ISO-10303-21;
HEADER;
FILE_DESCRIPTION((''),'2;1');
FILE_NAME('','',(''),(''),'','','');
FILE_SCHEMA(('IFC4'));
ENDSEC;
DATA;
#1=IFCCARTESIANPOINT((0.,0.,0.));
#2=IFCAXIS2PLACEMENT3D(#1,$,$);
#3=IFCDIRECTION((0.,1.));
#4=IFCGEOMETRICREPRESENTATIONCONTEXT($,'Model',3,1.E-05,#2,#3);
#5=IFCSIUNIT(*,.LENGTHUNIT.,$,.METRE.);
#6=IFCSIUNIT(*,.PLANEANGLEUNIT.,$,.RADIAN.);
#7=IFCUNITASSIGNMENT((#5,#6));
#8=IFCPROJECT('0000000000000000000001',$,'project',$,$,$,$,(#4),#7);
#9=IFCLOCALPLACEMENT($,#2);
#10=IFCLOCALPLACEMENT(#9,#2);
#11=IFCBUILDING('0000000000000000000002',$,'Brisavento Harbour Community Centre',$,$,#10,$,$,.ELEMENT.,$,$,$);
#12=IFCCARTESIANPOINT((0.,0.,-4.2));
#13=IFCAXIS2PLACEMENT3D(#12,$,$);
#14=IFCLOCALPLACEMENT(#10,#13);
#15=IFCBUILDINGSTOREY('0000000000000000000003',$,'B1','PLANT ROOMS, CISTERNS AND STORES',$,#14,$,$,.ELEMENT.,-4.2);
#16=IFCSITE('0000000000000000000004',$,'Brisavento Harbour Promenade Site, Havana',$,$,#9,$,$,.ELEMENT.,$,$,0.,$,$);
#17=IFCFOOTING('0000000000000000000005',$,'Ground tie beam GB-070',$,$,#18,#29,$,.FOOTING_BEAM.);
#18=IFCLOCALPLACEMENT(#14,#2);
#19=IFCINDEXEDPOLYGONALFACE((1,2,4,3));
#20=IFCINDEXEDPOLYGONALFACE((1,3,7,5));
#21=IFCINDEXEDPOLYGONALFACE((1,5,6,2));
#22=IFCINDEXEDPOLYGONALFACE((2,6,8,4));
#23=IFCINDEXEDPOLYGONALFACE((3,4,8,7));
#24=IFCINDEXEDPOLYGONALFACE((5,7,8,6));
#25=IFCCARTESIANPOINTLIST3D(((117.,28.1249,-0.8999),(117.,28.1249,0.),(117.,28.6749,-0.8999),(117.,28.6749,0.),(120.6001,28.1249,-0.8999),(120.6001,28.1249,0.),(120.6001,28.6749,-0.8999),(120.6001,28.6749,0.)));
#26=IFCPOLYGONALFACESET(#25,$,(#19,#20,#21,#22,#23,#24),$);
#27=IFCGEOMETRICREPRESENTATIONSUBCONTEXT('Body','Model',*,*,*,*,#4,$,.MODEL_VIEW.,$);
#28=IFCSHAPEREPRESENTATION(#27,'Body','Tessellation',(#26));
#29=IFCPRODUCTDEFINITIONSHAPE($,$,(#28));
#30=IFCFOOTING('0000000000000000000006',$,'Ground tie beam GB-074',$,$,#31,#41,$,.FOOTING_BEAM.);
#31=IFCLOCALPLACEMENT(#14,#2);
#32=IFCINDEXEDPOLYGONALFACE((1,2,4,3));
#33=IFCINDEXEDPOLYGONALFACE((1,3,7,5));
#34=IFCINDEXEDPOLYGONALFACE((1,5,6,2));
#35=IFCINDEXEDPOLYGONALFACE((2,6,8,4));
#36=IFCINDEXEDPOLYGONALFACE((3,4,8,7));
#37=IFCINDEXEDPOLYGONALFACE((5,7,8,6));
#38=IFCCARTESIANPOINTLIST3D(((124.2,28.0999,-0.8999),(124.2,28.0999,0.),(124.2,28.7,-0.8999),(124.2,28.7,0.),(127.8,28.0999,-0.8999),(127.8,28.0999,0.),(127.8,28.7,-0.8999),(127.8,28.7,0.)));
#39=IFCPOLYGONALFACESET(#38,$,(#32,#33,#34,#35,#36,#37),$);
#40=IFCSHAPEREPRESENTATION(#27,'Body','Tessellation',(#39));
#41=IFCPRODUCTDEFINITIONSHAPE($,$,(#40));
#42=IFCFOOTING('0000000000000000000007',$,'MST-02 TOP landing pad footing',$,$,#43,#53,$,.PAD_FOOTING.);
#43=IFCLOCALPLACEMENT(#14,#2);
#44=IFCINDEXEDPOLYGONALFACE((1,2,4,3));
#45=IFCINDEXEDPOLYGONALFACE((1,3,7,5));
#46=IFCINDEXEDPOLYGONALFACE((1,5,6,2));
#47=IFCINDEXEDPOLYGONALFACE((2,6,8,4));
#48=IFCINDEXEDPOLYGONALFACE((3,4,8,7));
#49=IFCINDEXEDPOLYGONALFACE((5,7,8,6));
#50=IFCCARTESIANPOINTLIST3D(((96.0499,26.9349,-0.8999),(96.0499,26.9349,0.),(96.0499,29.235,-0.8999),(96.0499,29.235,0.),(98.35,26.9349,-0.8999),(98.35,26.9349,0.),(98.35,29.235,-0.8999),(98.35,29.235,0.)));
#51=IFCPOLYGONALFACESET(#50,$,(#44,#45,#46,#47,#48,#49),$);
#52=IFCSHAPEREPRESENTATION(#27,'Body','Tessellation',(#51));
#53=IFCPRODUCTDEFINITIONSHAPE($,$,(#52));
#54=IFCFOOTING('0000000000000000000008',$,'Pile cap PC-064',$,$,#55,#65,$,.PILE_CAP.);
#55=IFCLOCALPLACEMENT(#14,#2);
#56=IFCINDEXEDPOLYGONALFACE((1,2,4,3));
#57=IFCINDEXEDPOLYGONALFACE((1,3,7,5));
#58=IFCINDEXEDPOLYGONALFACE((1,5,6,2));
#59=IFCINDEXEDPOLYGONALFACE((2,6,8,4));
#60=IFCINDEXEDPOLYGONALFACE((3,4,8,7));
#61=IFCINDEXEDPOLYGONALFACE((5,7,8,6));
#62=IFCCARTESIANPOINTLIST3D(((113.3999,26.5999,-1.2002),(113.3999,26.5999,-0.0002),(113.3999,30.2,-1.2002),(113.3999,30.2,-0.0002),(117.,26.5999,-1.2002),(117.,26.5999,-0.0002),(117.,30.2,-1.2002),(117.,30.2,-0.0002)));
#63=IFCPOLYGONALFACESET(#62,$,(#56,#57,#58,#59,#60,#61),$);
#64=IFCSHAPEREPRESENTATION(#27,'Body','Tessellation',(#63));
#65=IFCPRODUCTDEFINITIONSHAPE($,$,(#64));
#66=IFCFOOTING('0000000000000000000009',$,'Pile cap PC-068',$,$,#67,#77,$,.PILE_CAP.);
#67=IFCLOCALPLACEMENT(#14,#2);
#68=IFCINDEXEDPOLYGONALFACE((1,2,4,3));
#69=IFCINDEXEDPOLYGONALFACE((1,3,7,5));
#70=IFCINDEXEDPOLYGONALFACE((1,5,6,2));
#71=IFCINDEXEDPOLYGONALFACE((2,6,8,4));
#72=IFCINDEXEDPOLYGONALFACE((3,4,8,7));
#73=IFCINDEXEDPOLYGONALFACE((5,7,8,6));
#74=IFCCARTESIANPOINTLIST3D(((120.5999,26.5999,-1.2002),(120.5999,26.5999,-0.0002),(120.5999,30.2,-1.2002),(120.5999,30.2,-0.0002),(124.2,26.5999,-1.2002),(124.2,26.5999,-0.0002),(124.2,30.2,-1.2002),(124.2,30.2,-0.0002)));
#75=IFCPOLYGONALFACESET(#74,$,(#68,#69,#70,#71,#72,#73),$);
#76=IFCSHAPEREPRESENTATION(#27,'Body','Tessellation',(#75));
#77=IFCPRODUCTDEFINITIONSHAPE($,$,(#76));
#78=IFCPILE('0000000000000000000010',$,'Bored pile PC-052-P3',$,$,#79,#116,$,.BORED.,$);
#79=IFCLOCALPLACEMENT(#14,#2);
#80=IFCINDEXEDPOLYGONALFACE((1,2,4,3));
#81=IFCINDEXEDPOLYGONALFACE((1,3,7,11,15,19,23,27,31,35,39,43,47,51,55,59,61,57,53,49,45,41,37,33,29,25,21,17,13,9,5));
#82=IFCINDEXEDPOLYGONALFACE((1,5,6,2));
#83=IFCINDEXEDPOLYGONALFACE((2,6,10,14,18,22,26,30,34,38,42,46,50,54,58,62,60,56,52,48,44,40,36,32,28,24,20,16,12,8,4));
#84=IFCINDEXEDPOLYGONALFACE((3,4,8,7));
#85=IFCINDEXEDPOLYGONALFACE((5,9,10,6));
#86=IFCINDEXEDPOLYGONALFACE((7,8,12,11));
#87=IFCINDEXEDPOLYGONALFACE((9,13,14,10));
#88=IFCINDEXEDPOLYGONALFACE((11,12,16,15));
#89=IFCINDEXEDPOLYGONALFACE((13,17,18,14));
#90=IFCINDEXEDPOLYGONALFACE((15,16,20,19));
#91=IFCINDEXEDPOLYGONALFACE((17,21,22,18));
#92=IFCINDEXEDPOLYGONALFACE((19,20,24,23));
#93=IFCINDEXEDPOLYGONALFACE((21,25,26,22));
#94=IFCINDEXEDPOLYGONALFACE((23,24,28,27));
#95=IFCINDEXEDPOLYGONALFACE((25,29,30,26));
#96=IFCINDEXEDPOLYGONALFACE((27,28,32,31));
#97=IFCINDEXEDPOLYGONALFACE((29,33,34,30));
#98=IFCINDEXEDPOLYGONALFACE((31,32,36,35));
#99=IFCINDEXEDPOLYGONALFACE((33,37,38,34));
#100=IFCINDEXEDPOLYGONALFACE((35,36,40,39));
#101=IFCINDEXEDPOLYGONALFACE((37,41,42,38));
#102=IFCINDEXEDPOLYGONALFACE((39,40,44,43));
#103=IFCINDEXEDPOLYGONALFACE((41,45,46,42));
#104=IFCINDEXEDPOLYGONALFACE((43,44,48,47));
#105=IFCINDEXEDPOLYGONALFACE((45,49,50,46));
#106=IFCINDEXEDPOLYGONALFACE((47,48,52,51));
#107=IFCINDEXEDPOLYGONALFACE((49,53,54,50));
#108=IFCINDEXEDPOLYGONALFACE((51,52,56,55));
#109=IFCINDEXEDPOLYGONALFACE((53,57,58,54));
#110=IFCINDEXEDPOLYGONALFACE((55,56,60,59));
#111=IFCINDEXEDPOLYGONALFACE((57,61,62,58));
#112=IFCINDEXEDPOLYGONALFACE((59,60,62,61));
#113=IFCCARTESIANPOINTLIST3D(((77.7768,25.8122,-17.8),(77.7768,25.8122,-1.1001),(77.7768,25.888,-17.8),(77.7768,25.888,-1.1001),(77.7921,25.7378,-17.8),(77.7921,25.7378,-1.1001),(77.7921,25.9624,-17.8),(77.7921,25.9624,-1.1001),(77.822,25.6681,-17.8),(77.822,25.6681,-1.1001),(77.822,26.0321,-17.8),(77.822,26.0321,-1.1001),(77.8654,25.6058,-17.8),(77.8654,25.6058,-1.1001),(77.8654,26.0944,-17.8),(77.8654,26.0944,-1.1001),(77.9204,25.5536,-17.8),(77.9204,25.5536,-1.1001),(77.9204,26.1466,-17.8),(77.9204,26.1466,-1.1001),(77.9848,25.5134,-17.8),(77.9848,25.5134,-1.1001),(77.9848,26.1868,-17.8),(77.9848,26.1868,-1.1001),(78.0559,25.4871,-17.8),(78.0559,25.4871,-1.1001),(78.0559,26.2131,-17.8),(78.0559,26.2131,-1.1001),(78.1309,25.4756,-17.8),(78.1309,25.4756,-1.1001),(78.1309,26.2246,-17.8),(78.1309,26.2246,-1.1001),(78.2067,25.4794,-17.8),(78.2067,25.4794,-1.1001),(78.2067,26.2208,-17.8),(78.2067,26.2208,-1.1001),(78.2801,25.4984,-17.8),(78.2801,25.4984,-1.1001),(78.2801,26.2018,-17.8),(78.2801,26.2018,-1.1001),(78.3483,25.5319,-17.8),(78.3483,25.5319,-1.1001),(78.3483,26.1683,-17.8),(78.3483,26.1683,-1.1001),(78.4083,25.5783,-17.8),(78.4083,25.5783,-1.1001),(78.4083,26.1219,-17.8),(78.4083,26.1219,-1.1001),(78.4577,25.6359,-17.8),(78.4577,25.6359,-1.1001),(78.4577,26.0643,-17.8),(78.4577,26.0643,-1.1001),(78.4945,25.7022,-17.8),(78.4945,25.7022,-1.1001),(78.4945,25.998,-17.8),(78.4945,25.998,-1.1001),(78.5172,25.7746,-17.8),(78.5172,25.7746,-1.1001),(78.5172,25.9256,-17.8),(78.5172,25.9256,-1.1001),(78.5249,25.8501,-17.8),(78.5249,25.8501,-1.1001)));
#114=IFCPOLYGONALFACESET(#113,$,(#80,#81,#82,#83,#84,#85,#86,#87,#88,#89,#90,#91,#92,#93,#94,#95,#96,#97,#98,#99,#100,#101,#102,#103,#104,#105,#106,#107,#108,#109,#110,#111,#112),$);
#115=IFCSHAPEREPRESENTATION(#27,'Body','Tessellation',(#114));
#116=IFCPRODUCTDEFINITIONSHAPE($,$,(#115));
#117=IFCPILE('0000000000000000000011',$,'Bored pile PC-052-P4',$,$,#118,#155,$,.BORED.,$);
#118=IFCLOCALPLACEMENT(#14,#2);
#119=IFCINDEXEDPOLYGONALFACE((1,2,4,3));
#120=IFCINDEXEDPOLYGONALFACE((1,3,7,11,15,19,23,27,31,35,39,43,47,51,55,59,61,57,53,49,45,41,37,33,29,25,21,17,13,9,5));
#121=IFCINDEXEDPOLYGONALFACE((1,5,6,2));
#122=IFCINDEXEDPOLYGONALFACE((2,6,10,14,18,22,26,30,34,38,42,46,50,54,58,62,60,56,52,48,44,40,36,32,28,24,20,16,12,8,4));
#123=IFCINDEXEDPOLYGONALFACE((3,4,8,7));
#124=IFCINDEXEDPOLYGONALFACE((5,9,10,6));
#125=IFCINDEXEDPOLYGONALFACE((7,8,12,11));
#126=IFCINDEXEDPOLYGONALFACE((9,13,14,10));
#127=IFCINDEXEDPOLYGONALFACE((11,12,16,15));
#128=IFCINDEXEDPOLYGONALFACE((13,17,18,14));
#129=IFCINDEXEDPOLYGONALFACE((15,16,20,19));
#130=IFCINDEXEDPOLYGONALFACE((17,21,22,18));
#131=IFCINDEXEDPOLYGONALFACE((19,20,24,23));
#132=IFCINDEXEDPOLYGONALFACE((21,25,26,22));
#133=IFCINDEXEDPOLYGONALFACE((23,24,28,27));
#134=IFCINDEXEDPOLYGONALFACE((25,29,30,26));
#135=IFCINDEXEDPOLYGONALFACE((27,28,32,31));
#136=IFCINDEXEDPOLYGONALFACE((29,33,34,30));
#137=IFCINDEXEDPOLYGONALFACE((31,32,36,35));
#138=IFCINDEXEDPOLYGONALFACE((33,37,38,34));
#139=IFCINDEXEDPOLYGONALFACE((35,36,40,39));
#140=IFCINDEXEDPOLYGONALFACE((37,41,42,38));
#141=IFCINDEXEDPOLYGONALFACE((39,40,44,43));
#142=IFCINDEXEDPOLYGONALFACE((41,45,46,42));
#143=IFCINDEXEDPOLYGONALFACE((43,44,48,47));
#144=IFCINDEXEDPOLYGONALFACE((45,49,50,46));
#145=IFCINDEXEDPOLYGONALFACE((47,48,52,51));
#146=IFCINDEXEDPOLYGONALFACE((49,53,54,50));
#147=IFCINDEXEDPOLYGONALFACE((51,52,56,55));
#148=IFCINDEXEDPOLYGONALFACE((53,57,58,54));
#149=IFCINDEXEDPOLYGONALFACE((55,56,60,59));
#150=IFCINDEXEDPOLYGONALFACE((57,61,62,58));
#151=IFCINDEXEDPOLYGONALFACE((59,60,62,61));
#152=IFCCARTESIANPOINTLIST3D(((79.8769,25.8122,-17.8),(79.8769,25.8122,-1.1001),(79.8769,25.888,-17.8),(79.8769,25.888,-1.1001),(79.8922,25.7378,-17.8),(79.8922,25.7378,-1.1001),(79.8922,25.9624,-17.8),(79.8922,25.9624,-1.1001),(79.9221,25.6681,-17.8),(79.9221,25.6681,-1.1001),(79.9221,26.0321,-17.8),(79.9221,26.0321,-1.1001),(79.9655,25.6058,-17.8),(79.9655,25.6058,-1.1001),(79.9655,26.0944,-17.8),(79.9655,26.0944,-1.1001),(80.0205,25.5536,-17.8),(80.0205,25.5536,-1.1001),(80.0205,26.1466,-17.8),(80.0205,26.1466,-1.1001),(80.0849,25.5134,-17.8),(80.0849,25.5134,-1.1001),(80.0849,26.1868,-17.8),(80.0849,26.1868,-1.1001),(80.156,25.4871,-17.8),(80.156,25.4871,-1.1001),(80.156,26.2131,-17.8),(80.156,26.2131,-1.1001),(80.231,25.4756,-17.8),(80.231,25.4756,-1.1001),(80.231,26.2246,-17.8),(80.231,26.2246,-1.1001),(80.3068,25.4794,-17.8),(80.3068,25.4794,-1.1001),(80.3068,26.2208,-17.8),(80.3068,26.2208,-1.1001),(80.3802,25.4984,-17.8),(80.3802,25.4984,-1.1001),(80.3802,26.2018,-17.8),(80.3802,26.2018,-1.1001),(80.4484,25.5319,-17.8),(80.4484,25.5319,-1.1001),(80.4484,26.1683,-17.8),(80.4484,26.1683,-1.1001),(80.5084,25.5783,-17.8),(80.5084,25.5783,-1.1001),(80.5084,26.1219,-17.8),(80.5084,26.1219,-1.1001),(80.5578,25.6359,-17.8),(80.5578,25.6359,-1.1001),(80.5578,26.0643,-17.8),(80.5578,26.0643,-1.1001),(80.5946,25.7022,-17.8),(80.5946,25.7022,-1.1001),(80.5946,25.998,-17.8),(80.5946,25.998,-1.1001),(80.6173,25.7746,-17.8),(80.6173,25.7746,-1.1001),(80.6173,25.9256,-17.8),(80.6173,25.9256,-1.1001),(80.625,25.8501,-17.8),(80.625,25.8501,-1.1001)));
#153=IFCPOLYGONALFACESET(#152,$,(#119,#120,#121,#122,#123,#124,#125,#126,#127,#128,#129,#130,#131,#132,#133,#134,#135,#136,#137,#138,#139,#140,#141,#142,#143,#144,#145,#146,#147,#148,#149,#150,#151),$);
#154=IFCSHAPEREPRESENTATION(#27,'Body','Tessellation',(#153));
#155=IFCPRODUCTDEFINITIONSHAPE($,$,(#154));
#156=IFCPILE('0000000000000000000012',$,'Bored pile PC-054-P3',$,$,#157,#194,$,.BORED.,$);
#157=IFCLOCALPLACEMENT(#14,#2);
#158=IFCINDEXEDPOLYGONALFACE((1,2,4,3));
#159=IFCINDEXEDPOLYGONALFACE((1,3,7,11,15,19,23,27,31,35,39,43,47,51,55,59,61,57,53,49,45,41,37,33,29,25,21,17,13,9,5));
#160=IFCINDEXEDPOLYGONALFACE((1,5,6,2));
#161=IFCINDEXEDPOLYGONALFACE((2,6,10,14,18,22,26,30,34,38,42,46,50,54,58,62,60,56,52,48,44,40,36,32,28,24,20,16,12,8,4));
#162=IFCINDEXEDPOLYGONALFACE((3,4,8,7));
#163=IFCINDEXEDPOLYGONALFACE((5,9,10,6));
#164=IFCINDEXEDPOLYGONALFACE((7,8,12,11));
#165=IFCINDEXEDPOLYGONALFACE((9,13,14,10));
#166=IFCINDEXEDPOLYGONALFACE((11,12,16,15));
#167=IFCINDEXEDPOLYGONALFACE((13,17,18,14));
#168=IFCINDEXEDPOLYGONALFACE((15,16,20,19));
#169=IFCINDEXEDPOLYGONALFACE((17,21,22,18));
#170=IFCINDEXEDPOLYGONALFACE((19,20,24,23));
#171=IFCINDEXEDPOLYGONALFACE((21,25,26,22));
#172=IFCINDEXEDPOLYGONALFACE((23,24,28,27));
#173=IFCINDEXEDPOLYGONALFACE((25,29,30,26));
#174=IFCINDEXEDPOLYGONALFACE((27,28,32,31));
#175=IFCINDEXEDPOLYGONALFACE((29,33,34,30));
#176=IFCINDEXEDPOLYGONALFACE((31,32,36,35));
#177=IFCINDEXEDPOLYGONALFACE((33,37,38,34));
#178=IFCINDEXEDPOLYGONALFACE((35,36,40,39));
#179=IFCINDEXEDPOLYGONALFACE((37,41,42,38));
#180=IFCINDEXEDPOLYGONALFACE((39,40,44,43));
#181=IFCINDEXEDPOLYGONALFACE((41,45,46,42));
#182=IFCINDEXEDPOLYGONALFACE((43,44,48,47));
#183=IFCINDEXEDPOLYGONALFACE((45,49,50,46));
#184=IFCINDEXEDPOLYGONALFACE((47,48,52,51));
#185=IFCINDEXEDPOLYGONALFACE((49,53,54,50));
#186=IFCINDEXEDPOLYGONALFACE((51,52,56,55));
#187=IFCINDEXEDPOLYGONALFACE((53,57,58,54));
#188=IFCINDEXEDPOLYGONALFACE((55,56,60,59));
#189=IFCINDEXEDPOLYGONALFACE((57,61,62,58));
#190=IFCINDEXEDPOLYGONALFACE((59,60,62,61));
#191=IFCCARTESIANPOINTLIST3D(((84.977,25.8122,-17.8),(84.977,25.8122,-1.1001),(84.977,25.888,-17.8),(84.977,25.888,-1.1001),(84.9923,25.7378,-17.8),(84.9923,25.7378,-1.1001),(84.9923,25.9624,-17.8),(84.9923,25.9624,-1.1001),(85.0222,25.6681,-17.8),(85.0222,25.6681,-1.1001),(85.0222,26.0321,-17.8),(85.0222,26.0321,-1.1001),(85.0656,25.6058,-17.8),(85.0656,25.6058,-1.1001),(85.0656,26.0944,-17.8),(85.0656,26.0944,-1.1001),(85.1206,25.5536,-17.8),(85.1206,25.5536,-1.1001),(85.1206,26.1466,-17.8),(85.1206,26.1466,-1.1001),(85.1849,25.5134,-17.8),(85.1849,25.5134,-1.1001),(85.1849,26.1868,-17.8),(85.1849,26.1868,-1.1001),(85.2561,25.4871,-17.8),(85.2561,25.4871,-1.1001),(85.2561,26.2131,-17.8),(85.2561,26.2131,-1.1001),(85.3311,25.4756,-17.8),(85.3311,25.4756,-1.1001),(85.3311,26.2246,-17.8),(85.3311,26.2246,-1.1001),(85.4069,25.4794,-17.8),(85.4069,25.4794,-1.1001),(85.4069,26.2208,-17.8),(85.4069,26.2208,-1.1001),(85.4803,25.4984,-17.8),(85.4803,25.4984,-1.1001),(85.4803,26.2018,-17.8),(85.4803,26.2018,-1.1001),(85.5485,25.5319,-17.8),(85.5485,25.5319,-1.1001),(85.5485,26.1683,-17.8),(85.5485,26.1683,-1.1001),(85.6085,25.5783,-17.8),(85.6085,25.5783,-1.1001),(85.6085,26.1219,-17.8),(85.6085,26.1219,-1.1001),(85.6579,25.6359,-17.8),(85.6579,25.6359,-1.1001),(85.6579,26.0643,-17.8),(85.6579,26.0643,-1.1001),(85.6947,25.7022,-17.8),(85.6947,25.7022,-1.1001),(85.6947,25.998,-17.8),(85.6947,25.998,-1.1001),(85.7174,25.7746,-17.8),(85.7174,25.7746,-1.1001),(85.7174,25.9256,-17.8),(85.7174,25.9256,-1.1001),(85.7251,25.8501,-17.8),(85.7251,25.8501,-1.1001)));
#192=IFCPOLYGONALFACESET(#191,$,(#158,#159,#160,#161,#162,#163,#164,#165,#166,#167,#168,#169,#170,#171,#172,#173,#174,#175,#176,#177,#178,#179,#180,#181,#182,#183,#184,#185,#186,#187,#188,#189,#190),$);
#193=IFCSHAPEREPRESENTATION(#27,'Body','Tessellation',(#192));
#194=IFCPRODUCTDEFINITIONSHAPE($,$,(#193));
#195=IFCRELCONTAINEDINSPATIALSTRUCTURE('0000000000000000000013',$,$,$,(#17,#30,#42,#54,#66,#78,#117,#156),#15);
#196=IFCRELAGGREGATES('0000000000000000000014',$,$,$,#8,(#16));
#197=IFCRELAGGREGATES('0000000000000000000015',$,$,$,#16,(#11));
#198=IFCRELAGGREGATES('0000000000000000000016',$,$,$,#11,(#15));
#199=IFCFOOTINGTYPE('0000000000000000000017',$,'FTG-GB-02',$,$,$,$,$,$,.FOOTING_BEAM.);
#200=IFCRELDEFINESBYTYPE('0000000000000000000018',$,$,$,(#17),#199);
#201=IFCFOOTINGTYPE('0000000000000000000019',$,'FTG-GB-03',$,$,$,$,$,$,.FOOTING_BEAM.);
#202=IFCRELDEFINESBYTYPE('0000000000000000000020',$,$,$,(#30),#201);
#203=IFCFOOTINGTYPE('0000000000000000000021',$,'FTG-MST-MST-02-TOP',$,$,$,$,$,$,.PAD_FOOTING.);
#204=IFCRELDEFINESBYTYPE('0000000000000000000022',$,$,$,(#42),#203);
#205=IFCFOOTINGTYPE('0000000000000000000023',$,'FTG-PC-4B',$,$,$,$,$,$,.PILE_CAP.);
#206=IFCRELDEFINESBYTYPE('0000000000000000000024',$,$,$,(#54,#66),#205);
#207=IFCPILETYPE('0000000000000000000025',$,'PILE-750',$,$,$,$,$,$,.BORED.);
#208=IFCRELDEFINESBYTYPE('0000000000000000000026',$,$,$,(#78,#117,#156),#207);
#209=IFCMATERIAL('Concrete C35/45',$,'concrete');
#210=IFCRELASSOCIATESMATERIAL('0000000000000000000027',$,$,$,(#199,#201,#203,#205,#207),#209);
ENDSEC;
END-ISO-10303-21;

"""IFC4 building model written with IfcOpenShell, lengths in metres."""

from ifc_helpers import new_model, si_unit, direction, frame, origin, origin_2d, place, context, subcontext, project, spatial, rectangle, circle, extrude, material, material_profile, profile_set, type_object, element, save


model = new_model("IFC4")

# Units and contexts
model_context = context("Model", 3, precision=1e-05, world=origin(), true_north=direction((0.0, 1.0)))
body_context = subcontext(model_context, "Body", "Model", "MODEL_VIEW")
ifc_project = project(units=[si_unit("LENGTHUNIT", "METRE"), si_unit("PLANEANGLEUNIT", "RADIAN")], contexts=[model_context])

# Site, building, storey
site_placement = place(None, origin())
site = spatial("IfcSite", under=ifc_project, at=site_placement, Name="Brisavento Harbour Promenade Site, Havana", CompositionType="ELEMENT", RefElevation=0.0)
building_placement = place(site_placement, origin())
building = spatial("IfcBuilding", under=site, at=building_placement, Name="Brisavento Harbour Community Centre", CompositionType="ELEMENT")
storey_placement = place(building_placement, frame((0.0, 0.0, -4.2)))
storey = spatial("IfcBuildingStorey", under=building, at=storey_placement, Name="B1", Description="PLANT ROOMS, CISTERNS AND STORES", CompositionType="ELEMENT", Elevation=-4.2)

# Footings
ifc_material_1 = material(Name="Concrete C35/45", Category="concrete")
footing_type_1 = type_object("IfcFootingType", Name="FTG-GB-02", PredefinedType="FOOTING_BEAM", material=ifc_material_1)
footing_1_placement = place(storey_placement, frame((118.8, 28.3999, -0.8999), z_axis=(0.0, 0.0, 1.0), x_axis=(1.0, 0.0, 0.0)))
element("IfcFooting", 1, at=footing_1_placement, inside=storey, type_object=footing_type_1, Name="Ground tie beam GB-070", PredefinedType="FOOTING_BEAM", context=body_context, shape_type="SweptSolid", body=[
    extrude(rectangle(XDim=3.6001, YDim=0.55, at=origin_2d()), origin(), (0.0, 0.0, 1.0), 0.8999),
])
footing_type_2 = type_object("IfcFootingType", Name="FTG-GB-03", PredefinedType="FOOTING_BEAM", material=ifc_material_1)
footing_2_placement = place(storey_placement, frame((126.0, 28.3999, -0.8999), z_axis=(0.0, 0.0, 1.0), x_axis=(1.0, 0.0, 0.0)))
element("IfcFooting", 2, at=footing_2_placement, inside=storey, type_object=footing_type_2, Name="Ground tie beam GB-074", PredefinedType="FOOTING_BEAM", context=body_context, shape_type="SweptSolid", body=[
    extrude(rectangle(XDim=3.6001, YDim=0.6001, at=origin_2d()), origin(), (0.0, 0.0, 1.0), 0.8999),
])
footing_type_3 = type_object("IfcFootingType", Name="FTG-MST-MST-02-TOP", PredefinedType="PAD_FOOTING", material=ifc_material_1)
footing_3_placement = place(storey_placement, frame((97.2, 28.085, -0.8999), z_axis=(0.0, 0.0, 1.0), x_axis=(1.0, 0.0, 0.0)))
element("IfcFooting", 3, at=footing_3_placement, inside=storey, type_object=footing_type_3, Name="MST-02 TOP landing pad footing", PredefinedType="PAD_FOOTING", context=body_context, shape_type="SweptSolid", body=[
    extrude(rectangle(XDim=2.3, YDim=2.3, at=origin_2d()), origin(), (0.0, 0.0, 1.0), 0.8999),
])
footing_type_4 = type_object("IfcFootingType", Name="FTG-PC-4B", PredefinedType="PILE_CAP", material=ifc_material_1)
for number, where, z_axis, x_axis, name in (
    (4, (115.2, 28.3999, -1.2002), (0.0, 0.0, 1.0), (1.0, 0.0, 0.0), "Pile cap PC-064"),
    (5, (122.3999, 28.3999, -1.2002), (0.0, 0.0, 1.0), (1.0, 0.0, 0.0), "Pile cap PC-068"),
):
    element("IfcFooting", number, at=place(storey_placement, frame(where, z_axis=z_axis, x_axis=x_axis)), inside=storey, type_object=footing_type_4, Name=name, PredefinedType="PILE_CAP", context=body_context, shape_type="SweptSolid", body=[
        extrude(rectangle(XDim=3.6001, YDim=3.6001, at=origin_2d()), origin(), (0.0, 0.0, 1.0), 1.2),
    ])

# Piles
ifc_material_profile_1 = material_profile(ifc_material_1, circle(Radius=0.375, at=origin_2d()), Name="Concrete C35/45")
ifc_profile_set_1 = profile_set([ifc_material_profile_1], Name="Concrete C35/45")
pile_type = type_object("IfcPileType", Name="PILE-750", PredefinedType="BORED", material=ifc_profile_set_1)
for number, where, z_axis, x_axis, name in (
    (6, (78.1499, 25.8501, -1.1001), (0.0, 0.0, -1.0), (1.0, 0.0, 0.0), "Bored pile PC-052-P3"),
    (7, (80.25, 25.8501, -1.1001), (0.0, 0.0, -1.0), (1.0, 0.0, 0.0), "Bored pile PC-052-P4"),
    (8, (85.3501, 25.8501, -1.1001), (0.0, 0.0, -1.0), (1.0, 0.0, 0.0), "Bored pile PC-054-P3"),
):
    element("IfcPile", number, at=place(storey_placement, frame(where, z_axis=z_axis, x_axis=x_axis)), inside=storey, type_object=pile_type, Name=name, PredefinedType="BORED", context=body_context, shape_type="SweptSolid", body=[
        extrude(circle(Radius=0.375, at=origin_2d()), origin(), (0.0, 0.0, 1.0), 16.7),
    ])

save(model, "model.ifc")
